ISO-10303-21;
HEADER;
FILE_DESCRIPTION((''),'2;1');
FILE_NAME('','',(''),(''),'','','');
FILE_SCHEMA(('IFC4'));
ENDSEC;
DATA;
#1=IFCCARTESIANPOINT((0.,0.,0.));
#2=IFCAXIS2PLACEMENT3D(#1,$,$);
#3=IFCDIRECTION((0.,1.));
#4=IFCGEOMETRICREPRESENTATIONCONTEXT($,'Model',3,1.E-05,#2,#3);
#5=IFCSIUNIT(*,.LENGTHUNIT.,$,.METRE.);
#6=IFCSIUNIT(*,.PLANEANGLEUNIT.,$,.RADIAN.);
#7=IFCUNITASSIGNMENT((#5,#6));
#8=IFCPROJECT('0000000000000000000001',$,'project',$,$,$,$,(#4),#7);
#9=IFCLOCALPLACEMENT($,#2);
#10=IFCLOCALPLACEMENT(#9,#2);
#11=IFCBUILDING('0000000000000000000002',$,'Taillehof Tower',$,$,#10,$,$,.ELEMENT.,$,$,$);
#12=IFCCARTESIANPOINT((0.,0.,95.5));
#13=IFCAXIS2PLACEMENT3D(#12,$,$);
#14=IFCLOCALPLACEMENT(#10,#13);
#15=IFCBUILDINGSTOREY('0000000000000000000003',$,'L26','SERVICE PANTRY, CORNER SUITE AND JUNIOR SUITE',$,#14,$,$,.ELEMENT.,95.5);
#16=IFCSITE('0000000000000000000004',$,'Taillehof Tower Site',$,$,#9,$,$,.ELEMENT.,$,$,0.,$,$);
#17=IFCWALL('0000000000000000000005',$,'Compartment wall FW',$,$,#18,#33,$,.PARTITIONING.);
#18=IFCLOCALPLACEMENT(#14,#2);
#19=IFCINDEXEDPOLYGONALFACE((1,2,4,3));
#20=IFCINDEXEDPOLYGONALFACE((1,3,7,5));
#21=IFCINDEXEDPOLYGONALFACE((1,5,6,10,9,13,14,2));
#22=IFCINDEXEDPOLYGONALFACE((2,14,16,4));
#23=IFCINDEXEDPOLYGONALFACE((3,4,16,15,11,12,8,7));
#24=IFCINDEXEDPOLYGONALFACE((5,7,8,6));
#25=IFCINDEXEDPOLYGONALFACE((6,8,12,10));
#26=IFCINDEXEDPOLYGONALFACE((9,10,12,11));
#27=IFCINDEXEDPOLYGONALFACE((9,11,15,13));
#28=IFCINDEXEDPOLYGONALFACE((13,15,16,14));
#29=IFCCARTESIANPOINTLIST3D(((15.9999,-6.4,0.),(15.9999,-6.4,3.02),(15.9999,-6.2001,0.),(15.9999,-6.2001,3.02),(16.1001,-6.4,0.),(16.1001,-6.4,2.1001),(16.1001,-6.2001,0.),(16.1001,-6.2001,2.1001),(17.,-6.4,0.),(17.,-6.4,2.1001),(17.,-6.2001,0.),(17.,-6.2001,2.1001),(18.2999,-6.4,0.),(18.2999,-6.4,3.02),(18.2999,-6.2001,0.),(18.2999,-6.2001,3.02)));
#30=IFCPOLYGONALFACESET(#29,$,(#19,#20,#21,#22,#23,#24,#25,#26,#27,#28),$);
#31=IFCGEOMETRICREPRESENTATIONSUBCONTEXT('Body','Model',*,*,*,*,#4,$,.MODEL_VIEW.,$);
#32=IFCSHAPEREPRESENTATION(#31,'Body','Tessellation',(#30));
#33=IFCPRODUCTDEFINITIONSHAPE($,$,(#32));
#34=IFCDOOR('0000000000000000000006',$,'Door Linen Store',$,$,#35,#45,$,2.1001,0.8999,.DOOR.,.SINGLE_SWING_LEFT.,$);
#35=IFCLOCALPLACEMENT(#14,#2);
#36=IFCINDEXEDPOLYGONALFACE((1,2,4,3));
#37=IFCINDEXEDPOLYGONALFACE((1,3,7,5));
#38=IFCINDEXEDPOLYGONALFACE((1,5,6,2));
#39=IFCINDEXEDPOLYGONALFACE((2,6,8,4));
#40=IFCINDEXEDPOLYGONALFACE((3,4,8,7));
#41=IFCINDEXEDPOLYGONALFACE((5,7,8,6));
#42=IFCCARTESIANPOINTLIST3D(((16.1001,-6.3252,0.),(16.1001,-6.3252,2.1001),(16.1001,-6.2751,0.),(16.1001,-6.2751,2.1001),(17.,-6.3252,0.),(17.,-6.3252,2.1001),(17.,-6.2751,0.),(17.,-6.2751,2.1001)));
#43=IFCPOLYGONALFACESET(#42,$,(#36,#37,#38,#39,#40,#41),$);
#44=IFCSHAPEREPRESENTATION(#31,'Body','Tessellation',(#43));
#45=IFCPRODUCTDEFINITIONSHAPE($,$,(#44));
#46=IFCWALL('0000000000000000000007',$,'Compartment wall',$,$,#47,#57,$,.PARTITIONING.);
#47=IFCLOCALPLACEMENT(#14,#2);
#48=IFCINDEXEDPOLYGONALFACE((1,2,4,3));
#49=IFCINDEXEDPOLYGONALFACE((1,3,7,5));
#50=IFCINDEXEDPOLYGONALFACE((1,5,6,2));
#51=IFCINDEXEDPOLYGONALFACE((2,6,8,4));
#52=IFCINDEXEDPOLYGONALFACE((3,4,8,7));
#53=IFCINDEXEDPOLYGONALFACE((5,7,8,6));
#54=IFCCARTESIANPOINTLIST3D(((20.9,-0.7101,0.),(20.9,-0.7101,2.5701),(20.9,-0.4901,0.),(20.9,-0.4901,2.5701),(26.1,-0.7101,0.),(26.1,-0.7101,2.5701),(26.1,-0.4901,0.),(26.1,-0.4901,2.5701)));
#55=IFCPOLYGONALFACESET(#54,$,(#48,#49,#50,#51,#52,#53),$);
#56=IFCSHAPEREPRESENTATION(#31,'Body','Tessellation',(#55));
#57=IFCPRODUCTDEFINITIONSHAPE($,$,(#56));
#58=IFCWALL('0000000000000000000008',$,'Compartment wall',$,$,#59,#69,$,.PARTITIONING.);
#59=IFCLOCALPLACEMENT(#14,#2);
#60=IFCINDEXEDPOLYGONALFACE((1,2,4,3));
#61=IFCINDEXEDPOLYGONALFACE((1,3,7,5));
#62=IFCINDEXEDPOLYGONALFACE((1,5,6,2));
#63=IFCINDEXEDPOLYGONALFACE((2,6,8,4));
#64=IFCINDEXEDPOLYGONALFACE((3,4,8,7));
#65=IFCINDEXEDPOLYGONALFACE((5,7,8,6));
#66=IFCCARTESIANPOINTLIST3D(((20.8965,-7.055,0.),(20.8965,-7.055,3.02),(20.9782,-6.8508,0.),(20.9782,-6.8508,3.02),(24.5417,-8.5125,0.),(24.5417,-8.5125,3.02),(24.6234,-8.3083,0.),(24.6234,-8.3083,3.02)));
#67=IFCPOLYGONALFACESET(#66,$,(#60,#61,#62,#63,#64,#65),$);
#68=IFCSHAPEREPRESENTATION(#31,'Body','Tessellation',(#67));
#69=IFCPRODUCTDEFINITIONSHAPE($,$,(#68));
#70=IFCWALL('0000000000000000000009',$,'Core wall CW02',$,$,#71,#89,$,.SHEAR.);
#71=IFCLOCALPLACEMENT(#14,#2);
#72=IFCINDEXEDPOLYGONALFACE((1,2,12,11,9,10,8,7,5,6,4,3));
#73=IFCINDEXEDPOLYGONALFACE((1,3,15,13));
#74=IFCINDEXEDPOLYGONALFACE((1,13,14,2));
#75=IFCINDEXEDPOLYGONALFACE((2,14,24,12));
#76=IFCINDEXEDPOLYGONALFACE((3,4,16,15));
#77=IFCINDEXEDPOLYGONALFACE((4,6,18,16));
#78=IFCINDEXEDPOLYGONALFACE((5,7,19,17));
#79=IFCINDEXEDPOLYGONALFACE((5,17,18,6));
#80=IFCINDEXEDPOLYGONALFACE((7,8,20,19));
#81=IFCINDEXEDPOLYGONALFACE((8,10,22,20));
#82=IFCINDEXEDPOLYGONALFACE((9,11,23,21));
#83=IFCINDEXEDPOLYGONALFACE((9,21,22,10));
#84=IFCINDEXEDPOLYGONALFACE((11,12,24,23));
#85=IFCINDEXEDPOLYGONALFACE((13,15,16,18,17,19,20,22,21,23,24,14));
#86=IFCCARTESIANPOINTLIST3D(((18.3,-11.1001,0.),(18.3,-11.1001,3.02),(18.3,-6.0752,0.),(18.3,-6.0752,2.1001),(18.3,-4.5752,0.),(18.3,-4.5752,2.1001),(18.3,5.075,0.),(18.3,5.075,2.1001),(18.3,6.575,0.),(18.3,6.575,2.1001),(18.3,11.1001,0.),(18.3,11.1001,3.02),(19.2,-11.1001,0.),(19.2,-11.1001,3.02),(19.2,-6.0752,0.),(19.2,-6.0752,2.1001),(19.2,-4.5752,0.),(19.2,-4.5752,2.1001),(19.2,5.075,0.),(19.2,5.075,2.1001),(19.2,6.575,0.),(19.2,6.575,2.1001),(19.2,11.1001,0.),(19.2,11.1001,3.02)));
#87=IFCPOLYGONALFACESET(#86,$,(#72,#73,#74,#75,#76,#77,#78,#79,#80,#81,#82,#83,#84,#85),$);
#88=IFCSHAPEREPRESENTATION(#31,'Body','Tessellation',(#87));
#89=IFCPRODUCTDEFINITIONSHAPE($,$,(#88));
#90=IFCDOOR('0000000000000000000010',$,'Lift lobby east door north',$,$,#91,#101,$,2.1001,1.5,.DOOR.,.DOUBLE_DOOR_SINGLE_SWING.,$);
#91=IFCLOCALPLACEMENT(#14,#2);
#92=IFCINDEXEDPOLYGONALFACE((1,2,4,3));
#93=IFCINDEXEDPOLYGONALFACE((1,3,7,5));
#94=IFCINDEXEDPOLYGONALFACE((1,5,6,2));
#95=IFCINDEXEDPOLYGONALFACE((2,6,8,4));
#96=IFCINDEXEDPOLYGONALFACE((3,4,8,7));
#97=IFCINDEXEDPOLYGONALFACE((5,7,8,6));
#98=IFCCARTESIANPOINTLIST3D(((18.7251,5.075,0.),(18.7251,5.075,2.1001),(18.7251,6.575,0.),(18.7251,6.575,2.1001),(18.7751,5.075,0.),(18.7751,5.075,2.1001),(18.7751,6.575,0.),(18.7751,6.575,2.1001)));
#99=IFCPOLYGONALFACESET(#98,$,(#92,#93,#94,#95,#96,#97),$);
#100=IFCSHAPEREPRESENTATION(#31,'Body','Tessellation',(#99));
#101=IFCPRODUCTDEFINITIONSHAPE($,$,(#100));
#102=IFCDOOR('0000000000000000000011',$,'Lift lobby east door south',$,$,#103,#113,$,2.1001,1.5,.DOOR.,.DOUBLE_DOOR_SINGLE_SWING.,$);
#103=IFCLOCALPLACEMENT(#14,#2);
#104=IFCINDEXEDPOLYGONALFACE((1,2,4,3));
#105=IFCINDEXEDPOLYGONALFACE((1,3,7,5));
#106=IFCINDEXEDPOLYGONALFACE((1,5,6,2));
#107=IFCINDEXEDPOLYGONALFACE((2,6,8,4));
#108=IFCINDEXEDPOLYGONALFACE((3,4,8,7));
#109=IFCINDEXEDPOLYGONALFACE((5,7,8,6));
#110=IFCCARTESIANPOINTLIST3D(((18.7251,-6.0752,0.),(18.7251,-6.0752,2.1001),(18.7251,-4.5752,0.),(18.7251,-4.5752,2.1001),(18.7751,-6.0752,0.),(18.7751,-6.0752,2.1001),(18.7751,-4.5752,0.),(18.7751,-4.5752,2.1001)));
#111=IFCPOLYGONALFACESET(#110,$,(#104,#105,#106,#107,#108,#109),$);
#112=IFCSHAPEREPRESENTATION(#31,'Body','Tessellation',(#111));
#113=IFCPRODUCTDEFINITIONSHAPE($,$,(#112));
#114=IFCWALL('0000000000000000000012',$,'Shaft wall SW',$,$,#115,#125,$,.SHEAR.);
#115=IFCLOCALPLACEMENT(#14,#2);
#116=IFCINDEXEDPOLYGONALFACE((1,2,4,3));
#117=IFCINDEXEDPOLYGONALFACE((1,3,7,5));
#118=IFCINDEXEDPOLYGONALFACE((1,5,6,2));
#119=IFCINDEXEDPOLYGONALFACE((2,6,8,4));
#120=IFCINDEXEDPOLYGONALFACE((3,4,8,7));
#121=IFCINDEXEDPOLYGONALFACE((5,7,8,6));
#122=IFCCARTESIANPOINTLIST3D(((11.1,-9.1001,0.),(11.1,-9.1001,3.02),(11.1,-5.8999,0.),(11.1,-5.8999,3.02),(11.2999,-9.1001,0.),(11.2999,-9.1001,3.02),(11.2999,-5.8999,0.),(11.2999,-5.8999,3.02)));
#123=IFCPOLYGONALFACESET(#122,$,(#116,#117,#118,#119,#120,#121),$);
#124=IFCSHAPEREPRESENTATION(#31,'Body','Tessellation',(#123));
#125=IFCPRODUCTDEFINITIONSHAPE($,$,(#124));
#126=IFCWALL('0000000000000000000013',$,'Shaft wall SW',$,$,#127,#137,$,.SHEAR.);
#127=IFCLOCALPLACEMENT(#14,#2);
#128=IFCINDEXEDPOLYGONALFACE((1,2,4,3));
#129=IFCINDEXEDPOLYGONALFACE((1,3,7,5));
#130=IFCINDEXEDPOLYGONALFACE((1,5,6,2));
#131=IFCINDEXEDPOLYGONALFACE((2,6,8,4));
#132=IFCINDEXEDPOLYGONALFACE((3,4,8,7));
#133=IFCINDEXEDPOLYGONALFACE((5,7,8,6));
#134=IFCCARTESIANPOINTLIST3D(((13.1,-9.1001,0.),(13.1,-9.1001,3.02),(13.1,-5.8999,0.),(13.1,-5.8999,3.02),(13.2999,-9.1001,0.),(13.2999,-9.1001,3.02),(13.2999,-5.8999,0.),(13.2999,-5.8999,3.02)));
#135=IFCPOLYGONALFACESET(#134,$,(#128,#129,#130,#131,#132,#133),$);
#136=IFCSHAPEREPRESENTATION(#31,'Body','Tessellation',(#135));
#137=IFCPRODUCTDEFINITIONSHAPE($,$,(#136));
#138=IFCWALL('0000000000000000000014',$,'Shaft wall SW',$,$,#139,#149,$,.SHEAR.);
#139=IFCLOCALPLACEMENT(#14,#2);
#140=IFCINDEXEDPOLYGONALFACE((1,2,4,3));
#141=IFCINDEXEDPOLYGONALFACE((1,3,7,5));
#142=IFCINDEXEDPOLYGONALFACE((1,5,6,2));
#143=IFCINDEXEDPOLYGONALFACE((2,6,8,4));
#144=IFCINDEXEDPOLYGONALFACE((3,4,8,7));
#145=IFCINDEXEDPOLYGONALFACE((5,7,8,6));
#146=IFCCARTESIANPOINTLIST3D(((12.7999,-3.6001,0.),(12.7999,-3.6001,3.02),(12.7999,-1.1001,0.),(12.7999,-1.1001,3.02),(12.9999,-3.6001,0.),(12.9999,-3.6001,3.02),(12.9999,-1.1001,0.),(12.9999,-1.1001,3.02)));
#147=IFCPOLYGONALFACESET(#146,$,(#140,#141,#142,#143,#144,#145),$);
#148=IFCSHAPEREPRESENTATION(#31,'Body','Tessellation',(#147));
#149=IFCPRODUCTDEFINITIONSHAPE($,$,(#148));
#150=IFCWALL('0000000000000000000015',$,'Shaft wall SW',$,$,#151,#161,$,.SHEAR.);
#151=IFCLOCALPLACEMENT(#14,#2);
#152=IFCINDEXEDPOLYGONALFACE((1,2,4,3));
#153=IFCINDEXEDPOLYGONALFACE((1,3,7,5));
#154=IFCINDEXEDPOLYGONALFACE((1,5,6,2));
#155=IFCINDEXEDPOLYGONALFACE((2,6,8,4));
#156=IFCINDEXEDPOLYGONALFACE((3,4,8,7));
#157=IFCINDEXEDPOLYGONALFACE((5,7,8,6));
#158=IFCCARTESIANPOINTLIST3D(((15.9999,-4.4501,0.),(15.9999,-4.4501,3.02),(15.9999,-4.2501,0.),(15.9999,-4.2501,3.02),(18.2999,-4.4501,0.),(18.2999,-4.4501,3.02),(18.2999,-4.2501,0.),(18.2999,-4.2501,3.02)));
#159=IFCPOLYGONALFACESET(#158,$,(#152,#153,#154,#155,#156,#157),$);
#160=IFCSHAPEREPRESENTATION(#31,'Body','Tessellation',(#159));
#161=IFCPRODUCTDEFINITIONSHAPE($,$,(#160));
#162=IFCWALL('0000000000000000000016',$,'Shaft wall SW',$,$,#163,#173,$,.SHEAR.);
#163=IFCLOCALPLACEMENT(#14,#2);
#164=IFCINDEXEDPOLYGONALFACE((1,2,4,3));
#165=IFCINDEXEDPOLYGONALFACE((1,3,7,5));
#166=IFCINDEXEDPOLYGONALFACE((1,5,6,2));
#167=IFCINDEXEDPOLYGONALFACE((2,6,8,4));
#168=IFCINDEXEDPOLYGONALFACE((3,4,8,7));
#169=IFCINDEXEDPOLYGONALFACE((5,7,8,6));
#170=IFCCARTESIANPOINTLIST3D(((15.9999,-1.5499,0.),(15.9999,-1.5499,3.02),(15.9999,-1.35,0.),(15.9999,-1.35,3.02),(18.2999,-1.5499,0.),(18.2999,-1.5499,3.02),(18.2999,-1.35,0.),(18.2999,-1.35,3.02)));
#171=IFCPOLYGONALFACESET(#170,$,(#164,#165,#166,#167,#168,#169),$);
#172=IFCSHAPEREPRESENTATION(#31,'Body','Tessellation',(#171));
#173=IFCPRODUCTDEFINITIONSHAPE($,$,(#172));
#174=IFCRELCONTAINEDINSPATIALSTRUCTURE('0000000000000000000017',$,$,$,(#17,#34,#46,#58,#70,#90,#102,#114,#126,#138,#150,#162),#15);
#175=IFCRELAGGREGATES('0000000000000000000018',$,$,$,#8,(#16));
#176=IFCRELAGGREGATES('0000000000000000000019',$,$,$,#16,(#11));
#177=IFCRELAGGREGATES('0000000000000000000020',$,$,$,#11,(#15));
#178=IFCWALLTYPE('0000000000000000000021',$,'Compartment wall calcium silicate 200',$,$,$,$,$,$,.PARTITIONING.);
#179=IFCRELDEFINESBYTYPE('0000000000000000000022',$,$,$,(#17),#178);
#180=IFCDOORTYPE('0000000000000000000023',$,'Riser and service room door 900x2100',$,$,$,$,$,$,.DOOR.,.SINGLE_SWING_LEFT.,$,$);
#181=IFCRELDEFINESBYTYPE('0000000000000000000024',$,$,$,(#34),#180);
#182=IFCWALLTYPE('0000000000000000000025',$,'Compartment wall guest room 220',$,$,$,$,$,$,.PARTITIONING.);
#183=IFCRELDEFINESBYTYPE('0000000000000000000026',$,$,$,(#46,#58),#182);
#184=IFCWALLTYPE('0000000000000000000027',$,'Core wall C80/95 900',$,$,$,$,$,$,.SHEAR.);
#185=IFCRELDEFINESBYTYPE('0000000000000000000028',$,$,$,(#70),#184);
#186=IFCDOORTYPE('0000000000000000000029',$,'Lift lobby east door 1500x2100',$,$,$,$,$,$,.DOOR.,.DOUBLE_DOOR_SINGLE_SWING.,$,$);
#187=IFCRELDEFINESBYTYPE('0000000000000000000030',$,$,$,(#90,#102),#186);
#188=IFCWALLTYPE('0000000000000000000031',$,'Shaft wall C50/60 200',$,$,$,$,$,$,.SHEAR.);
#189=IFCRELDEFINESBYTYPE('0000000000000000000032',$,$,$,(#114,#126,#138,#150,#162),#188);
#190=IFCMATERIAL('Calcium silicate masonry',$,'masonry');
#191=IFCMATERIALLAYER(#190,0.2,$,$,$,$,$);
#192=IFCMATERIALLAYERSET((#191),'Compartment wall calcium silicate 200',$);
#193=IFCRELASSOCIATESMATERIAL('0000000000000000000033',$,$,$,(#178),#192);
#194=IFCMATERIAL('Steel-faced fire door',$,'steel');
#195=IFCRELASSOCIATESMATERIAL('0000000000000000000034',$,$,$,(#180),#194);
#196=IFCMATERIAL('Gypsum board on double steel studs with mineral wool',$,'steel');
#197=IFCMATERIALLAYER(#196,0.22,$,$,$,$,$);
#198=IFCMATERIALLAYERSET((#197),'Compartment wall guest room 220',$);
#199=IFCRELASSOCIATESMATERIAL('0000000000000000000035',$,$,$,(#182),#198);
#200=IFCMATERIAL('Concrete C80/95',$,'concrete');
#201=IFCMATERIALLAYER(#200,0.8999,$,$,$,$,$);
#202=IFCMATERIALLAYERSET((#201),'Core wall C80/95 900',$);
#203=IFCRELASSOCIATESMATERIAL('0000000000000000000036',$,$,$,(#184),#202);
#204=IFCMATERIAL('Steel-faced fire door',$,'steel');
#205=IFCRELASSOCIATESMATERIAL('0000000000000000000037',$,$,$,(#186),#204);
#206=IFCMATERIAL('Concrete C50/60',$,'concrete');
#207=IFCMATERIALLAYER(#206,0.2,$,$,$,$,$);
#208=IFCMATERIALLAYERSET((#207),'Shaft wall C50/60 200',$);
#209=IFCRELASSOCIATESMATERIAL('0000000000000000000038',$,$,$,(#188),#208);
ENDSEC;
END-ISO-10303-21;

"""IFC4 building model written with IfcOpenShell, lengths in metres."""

from ifc_helpers import new_model, si_unit, direction, frame, frame_2d, origin, place, context, subcontext, project, spatial, rectangle, extrude, material, layer, layer_set, type_object, element, fill, save


model = new_model("IFC4")

# Units and contexts
model_context = context("Model", 3, precision=1e-05, world=origin(), true_north=direction((0.0, 1.0)))
body_context = subcontext(model_context, "Body", "Model", "MODEL_VIEW")
ifc_project = project(units=[si_unit("LENGTHUNIT", "METRE"), si_unit("PLANEANGLEUNIT", "RADIAN")], contexts=[model_context])

# Site, building, storey
site_placement = place(None, origin())
site = spatial("IfcSite", under=ifc_project, at=site_placement, Name="Taillehof Tower Site", CompositionType="ELEMENT", RefElevation=0.0)
building_placement = place(site_placement, origin())
building = spatial("IfcBuilding", under=site, at=building_placement, Name="Taillehof Tower", CompositionType="ELEMENT")
storey_placement = place(building_placement, frame((0.0, 0.0, 95.5)))
storey = spatial("IfcBuildingStorey", under=building, at=storey_placement, Name="L26", Description="SERVICE PANTRY, CORNER SUITE AND JUNIOR SUITE", CompositionType="ELEMENT", Elevation=95.5)

# Shared definitions
ifc_material_1 = material(Name="Calcium silicate masonry", Category="masonry")
ifc_layer_1 = layer(ifc_material_1, 0.2)
ifc_layer_set_1 = layer_set([ifc_layer_1], Name="Compartment wall calcium silicate 200")
wall_type_1 = type_object("IfcWallType", Name="Compartment wall calcium silicate 200", PredefinedType="PARTITIONING", material=ifc_layer_set_1)

# Wall, opening, door
wall_1_placement = place(storey_placement, frame((16.0, -6.3, 0.0), z_axis=(0.0, 0.0, 1.0), x_axis=(1.0, 0.0, 0.0)))
wall_1 = element("IfcWall", 1, at=wall_1_placement, inside=storey, type_object=wall_type_1, Name="Compartment wall FW", PredefinedType="PARTITIONING", context=body_context, shape_type="SweptSolid", body=[
    extrude(rectangle(XDim=2.3, YDim=0.2, at=frame_2d((1.1499, 0.0))), origin(), (0.0, 0.0, 1.0), 3.02),
])
opening_1_placement = place(wall_1_placement, frame((0.1001, 0.0, 0.0)))
opening_1 = element("IfcOpeningElement", 2, at=opening_1_placement, cuts=wall_1, PredefinedType="OPENING", context=body_context, shape_type="SweptSolid", body=[
    extrude(rectangle(XDim=0.8999, YDim=2.1001, at=frame_2d((0.45, 1.05))), frame((0.0, 0.1099, 0.0), z_axis=(0.0, -1.0, 0.0), x_axis=(1.0, 0.0, 0.0)), (0.0, 0.0, 1.0), 0.22),
])
ifc_material_2 = material(Name="Steel-faced fire door", Category="steel")
door_type_1 = type_object("IfcDoorType", Name="Riser and service room door 900x2100", OperationType="SINGLE_SWING_LEFT", PredefinedType="DOOR", material=ifc_material_2)
door_1_placement = place(opening_1_placement, origin())
door_1 = element("IfcDoor", 3, at=door_1_placement, inside=storey, type_object=door_type_1, Name="Door Linen Store", OperationType="SINGLE_SWING_LEFT", OverallHeight=2.1001, OverallWidth=0.8999, PredefinedType="DOOR", context=body_context, shape_type="SweptSolid", body=[
    extrude(rectangle(XDim=0.8999, YDim=2.1001, at=frame_2d((0.45, 1.05))), frame((0.0, 0.0249, 0.0), z_axis=(0.0, -1.0, 0.0), x_axis=(1.0, 0.0, 0.0)), (0.0, 0.0, 1.0), 0.05),
])
fill(opening_1, door_1)

# Walls
ifc_material_3 = material(Name="Gypsum board on double steel studs with mineral wool", Category="steel")
ifc_layer_2 = layer(ifc_material_3, 0.22)
ifc_layer_set_2 = layer_set([ifc_layer_2], Name="Compartment wall guest room 220")
wall_type_2 = type_object("IfcWallType", Name="Compartment wall guest room 220", PredefinedType="PARTITIONING", material=ifc_layer_set_2)
wall_2_placement = place(storey_placement, frame((26.1001, -0.6001, 0.0), z_axis=(0.0, 0.0, 1.0), x_axis=(-1.0, 0.0, 0.0)))
element("IfcWall", 4, at=wall_2_placement, inside=storey, type_object=wall_type_2, Name="Compartment wall", PredefinedType="PARTITIONING", context=body_context, shape_type="SweptSolid", body=[
    extrude(rectangle(XDim=5.2, YDim=0.22, at=frame_2d((2.6001, 0.0))), origin(), (0.0, 0.0, 1.0), 2.5701),
])
wall_3_placement = place(storey_placement, frame((24.5825, -8.4104, 0.0), z_axis=(0.0, 0.0, 1.0), x_axis=(-0.928528, 0.371262, 0.0)))
element("IfcWall", 5, at=wall_3_placement, inside=storey, type_object=wall_type_2, Name="Compartment wall", PredefinedType="PARTITIONING", context=body_context, shape_type="SweptSolid", body=[
    extrude(rectangle(XDim=3.9258, YDim=0.22, at=frame_2d((1.9629, 0.0))), origin(), (0.0, 0.0, 1.0), 3.02),
])

# Wall, openings, doors
ifc_material_4 = material(Name="Concrete C80/95", Category="concrete")
ifc_layer_3 = layer(ifc_material_4, 0.8999)
ifc_layer_set_3 = layer_set([ifc_layer_3], Name="Core wall C80/95 900")
wall_type_3 = type_object("IfcWallType", Name="Core wall C80/95 900", PredefinedType="SHEAR", material=ifc_layer_set_3)
wall_4_placement = place(storey_placement, frame((18.75, -11.1001, 0.0), z_axis=(0.0, 0.0, 1.0), x_axis=(0.0, 1.0, 0.0)))
wall_4 = element("IfcWall", 6, at=wall_4_placement, inside=storey, type_object=wall_type_3, Name="Core wall CW02", PredefinedType="SHEAR", context=body_context, shape_type="SweptSolid", body=[
    extrude(rectangle(XDim=22.2002, YDim=0.8999, at=frame_2d((11.1001, 0.0))), origin(), (0.0, 0.0, 1.0), 3.02),
])
opening_2_placement = place(wall_4_placement, frame((16.175, 0.0, 0.0)))
opening_2 = element("IfcOpeningElement", 7, at=opening_2_placement, cuts=wall_4, PredefinedType="OPENING", context=body_context, shape_type="SweptSolid", body=[
    extrude(rectangle(XDim=1.5, YDim=2.1001, at=frame_2d((0.75, 1.05))), frame((0.0, 0.46, 0.0), z_axis=(0.0, -1.0, 0.0), x_axis=(1.0, 0.0, 0.0)), (0.0, 0.0, 1.0), 0.9199),
])
opening_3_placement = place(wall_4_placement, frame((5.0249, 0.0, 0.0)))
opening_3 = element("IfcOpeningElement", 8, at=opening_3_placement, cuts=wall_4, PredefinedType="OPENING", context=body_context, shape_type="SweptSolid", body=[
    extrude(rectangle(XDim=1.5, YDim=2.1001, at=frame_2d((0.75, 1.05))), frame((0.0, 0.46, 0.0), z_axis=(0.0, -1.0, 0.0), x_axis=(1.0, 0.0, 0.0)), (0.0, 0.0, 1.0), 0.9199),
])
ifc_material_5 = material(Name="Steel-faced fire door", Category="steel")
door_type_2 = type_object("IfcDoorType", Name="Lift lobby east door 1500x2100", OperationType="DOUBLE_DOOR_SINGLE_SWING", PredefinedType="DOOR", material=ifc_material_5)
door_2_placement = place(opening_2_placement, origin())
door_2 = element("IfcDoor", 9, at=door_2_placement, inside=storey, type_object=door_type_2, Name="Lift lobby east door north", OperationType="DOUBLE_DOOR_SINGLE_SWING", OverallHeight=2.1001, OverallWidth=1.5, PredefinedType="DOOR", context=body_context, shape_type="SweptSolid", body=[
    extrude(rectangle(XDim=1.5, YDim=2.1001, at=frame_2d((0.75, 1.05))), frame((0.0, 0.0249, 0.0), z_axis=(0.0, -1.0, 0.0), x_axis=(1.0, 0.0, 0.0)), (0.0, 0.0, 1.0), 0.05),
])
fill(opening_2, door_2)
door_3_placement = place(opening_3_placement, origin())
door_3 = element("IfcDoor", 10, at=door_3_placement, inside=storey, type_object=door_type_2, Name="Lift lobby east door south", OperationType="DOUBLE_DOOR_SINGLE_SWING", OverallHeight=2.1001, OverallWidth=1.5, PredefinedType="DOOR", context=body_context, shape_type="SweptSolid", body=[
    extrude(rectangle(XDim=1.5, YDim=2.1001, at=frame_2d((0.75, 1.05))), frame((0.0, 0.0249, 0.0), z_axis=(0.0, -1.0, 0.0), x_axis=(1.0, 0.0, 0.0)), (0.0, 0.0, 1.0), 0.05),
])
fill(opening_3, door_3)

# Walls
ifc_material_6 = material(Name="Concrete C50/60", Category="concrete")
ifc_layer_4 = layer(ifc_material_6, 0.2)
ifc_layer_set_4 = layer_set([ifc_layer_4], Name="Shaft wall C50/60 200")
wall_type_4 = type_object("IfcWallType", Name="Shaft wall C50/60 200", PredefinedType="SHEAR", material=ifc_layer_set_4)
for number, where, z_axis, x_axis, name in (
    (11, (11.2, -9.1001, 0.0), (0.0, 0.0, 1.0), (0.0, 1.0, 0.0), "Shaft wall SW"),
    (12, (13.2, -9.1001, 0.0), (0.0, 0.0, 1.0), (0.0, 1.0, 0.0), "Shaft wall SW"),
):
    element("IfcWall", number, at=place(storey_placement, frame(where, z_axis=z_axis, x_axis=x_axis)), inside=storey, type_object=wall_type_4, Name=name, PredefinedType="SHEAR", context=body_context, shape_type="SweptSolid", body=[
        extrude(rectangle(XDim=3.2002, YDim=0.2, at=frame_2d((1.6001, 0.0))), origin(), (0.0, 0.0, 1.0), 3.02),
    ])
wall_5_placement = place(storey_placement, frame((12.8999, -3.6001, 0.0), z_axis=(0.0, 0.0, 1.0), x_axis=(0.0, 1.0, 0.0)))
element("IfcWall", 13, at=wall_5_placement, inside=storey, type_object=wall_type_4, Name="Shaft wall SW", PredefinedType="SHEAR", context=body_context, shape_type="SweptSolid", body=[
    extrude(rectangle(XDim=2.5, YDim=0.2, at=frame_2d((1.25, 0.0))), origin(), (0.0, 0.0, 1.0), 3.02),
])
for number, where, z_axis, x_axis, name in (
    (14, (16.0, -4.3501, 0.0), (0.0, 0.0, 1.0), (1.0, 0.0, 0.0), "Shaft wall SW"),
    (15, (16.0, -1.45, 0.0), (0.0, 0.0, 1.0), (1.0, 0.0, 0.0), "Shaft wall SW"),
):
    element("IfcWall", number, at=place(storey_placement, frame(where, z_axis=z_axis, x_axis=x_axis)), inside=storey, type_object=wall_type_4, Name=name, PredefinedType="SHEAR", context=body_context, shape_type="SweptSolid", body=[
        extrude(rectangle(XDim=2.3, YDim=0.2, at=frame_2d((1.1499, 0.0))), origin(), (0.0, 0.0, 1.0), 3.02),
    ])

save(model, "model.ifc")
